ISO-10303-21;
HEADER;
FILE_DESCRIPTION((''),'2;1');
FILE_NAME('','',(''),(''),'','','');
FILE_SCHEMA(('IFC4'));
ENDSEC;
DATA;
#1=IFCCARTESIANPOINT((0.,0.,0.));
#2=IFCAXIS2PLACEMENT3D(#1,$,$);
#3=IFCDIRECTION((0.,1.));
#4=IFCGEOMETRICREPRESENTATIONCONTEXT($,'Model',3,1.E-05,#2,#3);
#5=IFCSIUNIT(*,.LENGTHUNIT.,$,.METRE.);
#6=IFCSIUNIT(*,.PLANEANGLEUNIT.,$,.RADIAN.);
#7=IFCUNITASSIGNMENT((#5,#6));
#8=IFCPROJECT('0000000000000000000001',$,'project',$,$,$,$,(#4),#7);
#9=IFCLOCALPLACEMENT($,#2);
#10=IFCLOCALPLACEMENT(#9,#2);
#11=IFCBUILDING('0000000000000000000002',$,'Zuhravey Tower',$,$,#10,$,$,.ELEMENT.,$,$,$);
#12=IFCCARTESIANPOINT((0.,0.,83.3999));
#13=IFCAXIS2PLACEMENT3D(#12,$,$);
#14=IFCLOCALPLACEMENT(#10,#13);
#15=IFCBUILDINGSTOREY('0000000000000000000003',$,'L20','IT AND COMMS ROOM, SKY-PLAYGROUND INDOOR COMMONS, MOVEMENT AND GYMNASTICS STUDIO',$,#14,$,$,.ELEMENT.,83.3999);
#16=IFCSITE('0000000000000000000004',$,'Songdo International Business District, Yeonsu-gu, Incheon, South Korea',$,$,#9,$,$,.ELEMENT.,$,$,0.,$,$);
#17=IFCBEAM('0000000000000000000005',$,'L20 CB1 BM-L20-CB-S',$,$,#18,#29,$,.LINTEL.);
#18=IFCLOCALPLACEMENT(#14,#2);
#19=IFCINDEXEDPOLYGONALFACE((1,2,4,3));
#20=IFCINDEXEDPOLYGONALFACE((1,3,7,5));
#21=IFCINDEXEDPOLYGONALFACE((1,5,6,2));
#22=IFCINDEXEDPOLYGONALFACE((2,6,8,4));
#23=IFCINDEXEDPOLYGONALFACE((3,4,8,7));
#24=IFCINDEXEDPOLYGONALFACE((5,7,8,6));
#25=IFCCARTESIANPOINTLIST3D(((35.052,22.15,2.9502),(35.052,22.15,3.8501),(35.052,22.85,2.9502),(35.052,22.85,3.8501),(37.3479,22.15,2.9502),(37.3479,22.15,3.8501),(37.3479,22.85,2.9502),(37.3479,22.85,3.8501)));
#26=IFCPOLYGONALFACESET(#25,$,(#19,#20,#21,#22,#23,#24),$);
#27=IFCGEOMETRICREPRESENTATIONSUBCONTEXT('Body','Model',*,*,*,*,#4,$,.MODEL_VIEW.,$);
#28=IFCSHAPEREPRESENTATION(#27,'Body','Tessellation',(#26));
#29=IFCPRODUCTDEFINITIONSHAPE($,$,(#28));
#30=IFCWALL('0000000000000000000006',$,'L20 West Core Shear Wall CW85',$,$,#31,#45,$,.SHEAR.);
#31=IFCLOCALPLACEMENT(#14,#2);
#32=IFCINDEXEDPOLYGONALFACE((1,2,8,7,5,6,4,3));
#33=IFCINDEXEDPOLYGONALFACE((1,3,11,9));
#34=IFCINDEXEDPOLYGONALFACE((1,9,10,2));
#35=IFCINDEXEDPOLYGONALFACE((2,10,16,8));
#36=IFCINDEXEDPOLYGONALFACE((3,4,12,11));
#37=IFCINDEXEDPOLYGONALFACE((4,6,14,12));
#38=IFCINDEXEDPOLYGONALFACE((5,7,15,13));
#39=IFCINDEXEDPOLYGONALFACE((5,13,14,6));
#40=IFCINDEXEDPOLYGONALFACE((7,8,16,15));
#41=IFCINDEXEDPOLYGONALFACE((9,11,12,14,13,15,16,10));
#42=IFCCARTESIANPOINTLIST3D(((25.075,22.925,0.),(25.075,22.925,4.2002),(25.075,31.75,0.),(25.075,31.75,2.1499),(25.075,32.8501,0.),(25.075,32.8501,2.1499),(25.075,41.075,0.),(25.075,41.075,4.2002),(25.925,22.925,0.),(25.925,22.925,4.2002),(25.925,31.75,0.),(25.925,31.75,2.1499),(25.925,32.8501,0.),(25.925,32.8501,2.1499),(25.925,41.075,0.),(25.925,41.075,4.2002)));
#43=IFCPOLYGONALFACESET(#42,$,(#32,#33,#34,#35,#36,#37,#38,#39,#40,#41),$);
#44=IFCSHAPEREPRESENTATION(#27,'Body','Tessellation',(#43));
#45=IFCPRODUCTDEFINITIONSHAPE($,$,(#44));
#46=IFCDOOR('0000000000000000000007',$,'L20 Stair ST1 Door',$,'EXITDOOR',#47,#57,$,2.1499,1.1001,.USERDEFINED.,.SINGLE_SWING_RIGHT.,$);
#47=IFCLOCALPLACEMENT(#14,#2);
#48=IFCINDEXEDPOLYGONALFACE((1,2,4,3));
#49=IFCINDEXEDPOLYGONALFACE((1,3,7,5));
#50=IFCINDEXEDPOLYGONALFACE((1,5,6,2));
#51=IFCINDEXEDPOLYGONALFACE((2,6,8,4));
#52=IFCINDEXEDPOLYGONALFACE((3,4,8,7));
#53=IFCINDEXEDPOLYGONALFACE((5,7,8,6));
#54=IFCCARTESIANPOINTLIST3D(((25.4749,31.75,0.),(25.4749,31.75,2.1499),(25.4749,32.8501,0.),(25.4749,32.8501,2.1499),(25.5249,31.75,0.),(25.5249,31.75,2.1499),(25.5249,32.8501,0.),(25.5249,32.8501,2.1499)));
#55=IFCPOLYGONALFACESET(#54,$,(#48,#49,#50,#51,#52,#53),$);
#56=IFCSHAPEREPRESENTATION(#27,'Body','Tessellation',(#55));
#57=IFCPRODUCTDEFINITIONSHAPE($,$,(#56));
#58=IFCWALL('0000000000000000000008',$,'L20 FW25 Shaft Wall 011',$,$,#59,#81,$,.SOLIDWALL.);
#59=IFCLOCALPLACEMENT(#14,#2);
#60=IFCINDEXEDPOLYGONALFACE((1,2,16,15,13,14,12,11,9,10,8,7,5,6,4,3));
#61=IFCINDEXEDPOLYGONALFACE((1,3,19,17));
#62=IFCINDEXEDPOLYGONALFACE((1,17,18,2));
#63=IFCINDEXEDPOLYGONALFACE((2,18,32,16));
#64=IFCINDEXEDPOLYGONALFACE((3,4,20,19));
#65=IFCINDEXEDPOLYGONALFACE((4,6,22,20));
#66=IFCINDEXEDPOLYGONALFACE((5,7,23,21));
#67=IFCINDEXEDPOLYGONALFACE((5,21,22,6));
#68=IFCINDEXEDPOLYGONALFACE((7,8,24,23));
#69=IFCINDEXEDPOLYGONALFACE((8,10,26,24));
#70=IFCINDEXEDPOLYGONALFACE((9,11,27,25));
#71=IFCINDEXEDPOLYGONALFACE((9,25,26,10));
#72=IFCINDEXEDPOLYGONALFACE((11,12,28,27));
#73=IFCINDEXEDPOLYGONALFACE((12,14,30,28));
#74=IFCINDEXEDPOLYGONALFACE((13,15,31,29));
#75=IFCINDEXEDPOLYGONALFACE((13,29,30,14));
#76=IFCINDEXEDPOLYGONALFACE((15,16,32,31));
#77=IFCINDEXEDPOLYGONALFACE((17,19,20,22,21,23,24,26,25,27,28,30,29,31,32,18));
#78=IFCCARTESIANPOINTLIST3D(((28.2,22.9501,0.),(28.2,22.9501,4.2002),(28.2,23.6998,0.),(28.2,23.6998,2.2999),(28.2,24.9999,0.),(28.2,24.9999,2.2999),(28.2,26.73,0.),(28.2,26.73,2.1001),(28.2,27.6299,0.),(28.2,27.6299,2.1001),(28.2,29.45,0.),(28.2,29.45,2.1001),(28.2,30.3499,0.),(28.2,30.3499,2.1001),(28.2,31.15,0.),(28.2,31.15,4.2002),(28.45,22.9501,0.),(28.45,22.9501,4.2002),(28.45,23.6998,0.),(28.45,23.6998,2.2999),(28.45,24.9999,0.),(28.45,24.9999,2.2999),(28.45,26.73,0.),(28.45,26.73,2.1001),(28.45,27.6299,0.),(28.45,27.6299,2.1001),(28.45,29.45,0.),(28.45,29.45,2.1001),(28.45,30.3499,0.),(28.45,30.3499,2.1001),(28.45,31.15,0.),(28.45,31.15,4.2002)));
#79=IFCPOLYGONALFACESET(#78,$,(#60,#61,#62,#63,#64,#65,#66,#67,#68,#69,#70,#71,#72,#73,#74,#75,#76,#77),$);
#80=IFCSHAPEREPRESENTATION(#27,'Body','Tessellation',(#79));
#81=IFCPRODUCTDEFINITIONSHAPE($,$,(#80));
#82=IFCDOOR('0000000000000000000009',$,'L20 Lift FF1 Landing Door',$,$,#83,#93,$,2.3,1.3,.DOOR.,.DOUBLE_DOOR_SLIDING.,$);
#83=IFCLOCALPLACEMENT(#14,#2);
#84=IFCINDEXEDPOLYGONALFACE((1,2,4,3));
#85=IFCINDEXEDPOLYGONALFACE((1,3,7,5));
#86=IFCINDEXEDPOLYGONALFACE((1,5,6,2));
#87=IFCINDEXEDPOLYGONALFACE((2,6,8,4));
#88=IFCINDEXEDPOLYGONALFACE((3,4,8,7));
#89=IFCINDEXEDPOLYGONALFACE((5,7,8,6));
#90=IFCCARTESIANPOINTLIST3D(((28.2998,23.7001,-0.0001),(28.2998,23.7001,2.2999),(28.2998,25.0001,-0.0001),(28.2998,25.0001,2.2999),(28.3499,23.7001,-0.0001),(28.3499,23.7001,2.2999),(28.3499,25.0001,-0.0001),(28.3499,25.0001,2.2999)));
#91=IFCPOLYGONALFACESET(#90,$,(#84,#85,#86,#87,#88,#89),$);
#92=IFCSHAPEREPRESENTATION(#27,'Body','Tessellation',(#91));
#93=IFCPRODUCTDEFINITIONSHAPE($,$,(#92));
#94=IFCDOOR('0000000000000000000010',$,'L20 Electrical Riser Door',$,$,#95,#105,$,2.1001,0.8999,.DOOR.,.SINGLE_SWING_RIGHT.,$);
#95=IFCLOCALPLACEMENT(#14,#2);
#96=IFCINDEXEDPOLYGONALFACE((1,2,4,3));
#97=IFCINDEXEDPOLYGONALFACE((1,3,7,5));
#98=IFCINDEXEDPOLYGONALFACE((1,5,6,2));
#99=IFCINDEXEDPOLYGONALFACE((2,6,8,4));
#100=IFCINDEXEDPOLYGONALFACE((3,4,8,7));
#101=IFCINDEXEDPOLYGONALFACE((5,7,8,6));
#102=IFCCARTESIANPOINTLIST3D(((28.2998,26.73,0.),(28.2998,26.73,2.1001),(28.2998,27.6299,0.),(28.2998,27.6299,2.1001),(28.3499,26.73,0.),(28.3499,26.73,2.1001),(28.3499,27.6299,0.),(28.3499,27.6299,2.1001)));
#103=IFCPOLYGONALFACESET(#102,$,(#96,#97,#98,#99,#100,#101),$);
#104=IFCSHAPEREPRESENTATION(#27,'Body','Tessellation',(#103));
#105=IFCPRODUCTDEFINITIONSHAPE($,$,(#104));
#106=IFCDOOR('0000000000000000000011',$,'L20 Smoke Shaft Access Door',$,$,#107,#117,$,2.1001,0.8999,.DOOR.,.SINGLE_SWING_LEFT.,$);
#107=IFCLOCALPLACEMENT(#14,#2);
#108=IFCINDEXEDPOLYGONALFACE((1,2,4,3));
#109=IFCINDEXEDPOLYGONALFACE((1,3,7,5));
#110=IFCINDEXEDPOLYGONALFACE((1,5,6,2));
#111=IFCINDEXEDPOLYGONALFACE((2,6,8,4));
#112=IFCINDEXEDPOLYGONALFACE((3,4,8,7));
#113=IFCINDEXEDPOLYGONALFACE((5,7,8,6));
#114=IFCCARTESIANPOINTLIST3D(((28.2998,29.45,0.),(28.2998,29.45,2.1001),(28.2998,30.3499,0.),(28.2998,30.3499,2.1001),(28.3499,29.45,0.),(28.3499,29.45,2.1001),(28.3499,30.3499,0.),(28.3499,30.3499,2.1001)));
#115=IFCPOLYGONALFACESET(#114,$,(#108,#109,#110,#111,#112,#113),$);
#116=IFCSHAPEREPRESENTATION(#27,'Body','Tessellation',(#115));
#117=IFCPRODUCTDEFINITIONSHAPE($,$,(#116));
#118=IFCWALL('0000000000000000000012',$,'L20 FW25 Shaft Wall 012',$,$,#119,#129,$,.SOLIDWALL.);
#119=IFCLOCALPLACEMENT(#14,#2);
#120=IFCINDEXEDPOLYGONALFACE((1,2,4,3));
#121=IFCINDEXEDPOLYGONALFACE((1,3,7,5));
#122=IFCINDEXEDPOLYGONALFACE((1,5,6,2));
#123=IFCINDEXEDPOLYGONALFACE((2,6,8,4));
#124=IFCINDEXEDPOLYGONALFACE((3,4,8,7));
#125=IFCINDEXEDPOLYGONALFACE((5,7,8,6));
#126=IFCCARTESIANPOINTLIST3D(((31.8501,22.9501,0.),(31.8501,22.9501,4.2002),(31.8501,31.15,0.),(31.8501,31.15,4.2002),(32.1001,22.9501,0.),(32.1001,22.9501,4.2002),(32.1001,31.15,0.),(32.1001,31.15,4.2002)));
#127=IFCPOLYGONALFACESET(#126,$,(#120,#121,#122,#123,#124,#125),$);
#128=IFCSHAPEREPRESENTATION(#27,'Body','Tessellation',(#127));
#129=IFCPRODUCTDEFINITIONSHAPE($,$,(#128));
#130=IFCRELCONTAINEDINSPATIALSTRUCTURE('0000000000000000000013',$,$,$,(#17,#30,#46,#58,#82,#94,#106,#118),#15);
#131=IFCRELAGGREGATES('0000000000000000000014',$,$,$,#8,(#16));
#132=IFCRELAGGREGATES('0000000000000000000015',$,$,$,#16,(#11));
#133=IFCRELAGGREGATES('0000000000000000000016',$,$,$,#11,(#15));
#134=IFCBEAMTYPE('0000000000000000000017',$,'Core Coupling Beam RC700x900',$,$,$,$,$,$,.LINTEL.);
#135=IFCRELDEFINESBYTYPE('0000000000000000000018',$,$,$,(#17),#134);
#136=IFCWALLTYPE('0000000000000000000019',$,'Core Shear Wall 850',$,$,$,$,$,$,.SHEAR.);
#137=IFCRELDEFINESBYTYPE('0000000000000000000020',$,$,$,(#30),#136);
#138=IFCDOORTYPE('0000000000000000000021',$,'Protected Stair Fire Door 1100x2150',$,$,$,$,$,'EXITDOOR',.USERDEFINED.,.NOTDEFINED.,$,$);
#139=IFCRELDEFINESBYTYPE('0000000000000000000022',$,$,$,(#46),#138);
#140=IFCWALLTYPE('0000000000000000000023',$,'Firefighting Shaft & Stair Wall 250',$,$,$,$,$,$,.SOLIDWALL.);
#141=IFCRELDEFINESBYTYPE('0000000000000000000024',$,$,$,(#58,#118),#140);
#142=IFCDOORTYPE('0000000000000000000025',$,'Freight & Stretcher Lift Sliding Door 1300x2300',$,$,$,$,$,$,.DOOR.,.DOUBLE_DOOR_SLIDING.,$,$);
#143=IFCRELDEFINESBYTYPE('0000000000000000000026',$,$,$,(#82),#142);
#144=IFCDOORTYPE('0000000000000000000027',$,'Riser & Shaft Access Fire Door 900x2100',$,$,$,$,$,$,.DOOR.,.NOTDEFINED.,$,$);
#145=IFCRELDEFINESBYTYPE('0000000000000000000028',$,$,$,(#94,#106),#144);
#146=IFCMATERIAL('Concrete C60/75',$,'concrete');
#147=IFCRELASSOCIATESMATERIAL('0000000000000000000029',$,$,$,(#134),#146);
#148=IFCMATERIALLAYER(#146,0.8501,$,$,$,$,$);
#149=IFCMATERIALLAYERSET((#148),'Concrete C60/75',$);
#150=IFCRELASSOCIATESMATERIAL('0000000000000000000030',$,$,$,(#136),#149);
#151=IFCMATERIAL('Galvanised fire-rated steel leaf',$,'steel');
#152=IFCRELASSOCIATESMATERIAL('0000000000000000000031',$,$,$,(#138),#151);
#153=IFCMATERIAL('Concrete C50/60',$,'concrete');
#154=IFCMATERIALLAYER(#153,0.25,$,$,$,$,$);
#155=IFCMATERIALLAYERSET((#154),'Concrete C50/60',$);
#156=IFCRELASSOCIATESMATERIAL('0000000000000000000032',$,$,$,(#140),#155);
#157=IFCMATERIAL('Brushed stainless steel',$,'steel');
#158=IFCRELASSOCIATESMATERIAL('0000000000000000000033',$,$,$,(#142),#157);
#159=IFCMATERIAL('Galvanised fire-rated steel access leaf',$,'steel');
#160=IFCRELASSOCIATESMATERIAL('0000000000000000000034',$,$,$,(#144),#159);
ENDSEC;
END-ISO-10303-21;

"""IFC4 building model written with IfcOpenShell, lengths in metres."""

from ifc_helpers import new_model, si_unit, direction, frame, frame_2d, origin, origin_2d, place, context, subcontext, project, spatial, rectangle, extrude, material, layer, layer_set, material_profile, profile_set, type_object, element, fill, save


model = new_model("IFC4")

# Units and contexts
model_context = context("Model", 3, precision=1e-05, world=origin(), true_north=direction((0.0, 1.0)))
body_context = subcontext(model_context, "Body", "Model", "MODEL_VIEW")
ifc_project = project(units=[si_unit("LENGTHUNIT", "METRE"), si_unit("PLANEANGLEUNIT", "RADIAN")], contexts=[model_context])

# Site, building, storey
site_placement = place(None, origin())
site = spatial("IfcSite", under=ifc_project, at=site_placement, Name="Songdo International Business District, Yeonsu-gu, Incheon, South Korea", CompositionType="ELEMENT", RefElevation=0.0)
building_placement = place(site_placement, origin())
building = spatial("IfcBuilding", under=site, at=building_placement, Name="Zuhravey Tower", CompositionType="ELEMENT")
storey_placement = place(building_placement, frame((0.0, 0.0, 83.3999)))
storey = spatial("IfcBuildingStorey", under=building, at=storey_placement, Name="L20", Description="IT AND COMMS ROOM, SKY-PLAYGROUND INDOOR COMMONS, MOVEMENT AND GYMNASTICS STUDIO", CompositionType="ELEMENT", Elevation=83.3999)

# Beam
ifc_material_1 = material(Name="Concrete C60/75", Category="concrete")
ifc_material_profile = material_profile(ifc_material_1, rectangle(XDim=0.7, YDim=0.8999, at=origin_2d()), Name="RC-700x900")
ifc_profile_set = profile_set([ifc_material_profile], Name="Concrete C60/75")
beam_type = type_object("IfcBeamType", Name="Core Coupling Beam RC700x900", PredefinedType="LINTEL", material=ifc_profile_set)
beam_placement = place(storey_placement, frame((35.052, 22.5, 3.4001), z_axis=(1.0, 0.0, 0.0), x_axis=(0.0, 1.0, 0.0)))
element("IfcBeam", 1, at=beam_placement, inside=storey, type_object=beam_type, Name="L20 CB1 BM-L20-CB-S", PredefinedType="LINTEL", context=body_context, shape_type="SweptSolid", body=[
    extrude(rectangle(XDim=0.7, YDim=0.8999, at=origin_2d()), origin(), (0.0, 0.0, 1.0), 2.2959),
])

# Wall, opening, door
ifc_layer_1 = layer(ifc_material_1, 0.8501)
ifc_layer_set_1 = layer_set([ifc_layer_1], Name="Concrete C60/75")
wall_type_1 = type_object("IfcWallType", Name="Core Shear Wall 850", PredefinedType="SHEAR", material=ifc_layer_set_1)
ifc_material_2 = material(Name="Galvanised fire-rated steel leaf", Category="steel")
wall_1_placement = place(storey_placement, frame((25.5, 22.925, 0.0), z_axis=(0.0, 0.0, 1.0), x_axis=(0.0, 1.0, 0.0)))
wall_1 = element("IfcWall", 2, at=wall_1_placement, inside=storey, type_object=wall_type_1, Name="L20 West Core Shear Wall CW85", PredefinedType="SHEAR", context=body_context, shape_type="SweptSolid", body=[
    extrude(rectangle(XDim=18.1499, YDim=0.8501, at=frame_2d((9.075, 0.0))), origin(), (0.0, 0.0, 1.0), 4.2002),
])
opening_1_placement = place(wall_1_placement, frame((8.825, 0.0, 0.0)))
opening_1 = element("IfcOpeningElement", 3, at=opening_1_placement, cuts=wall_1, PredefinedType="OPENING", context=body_context, shape_type="SweptSolid", body=[
    extrude(rectangle(XDim=1.1001, YDim=2.1499, at=frame_2d((0.55, 1.075))), frame((0.0, 0.437, 0.0), z_axis=(0.0, -1.0, 0.0), x_axis=(1.0, 0.0, 0.0)), (0.0, 0.0, 1.0), 0.874),
])
door_type_1 = type_object("IfcDoorType", Name="Protected Stair Fire Door 1100x2150", ElementType="EXITDOOR", OperationType="NOTDEFINED", PredefinedType="USERDEFINED", material=ifc_material_2)
door_1_placement = place(opening_1_placement, frame((1.1001, 0.0, 0.0), z_axis=(0.0, 0.0, 1.0), x_axis=(-1.0, 0.0, 0.0)))
door_1 = element("IfcDoor", 4, at=door_1_placement, inside=storey, type_object=door_type_1, Name="L20 Stair ST1 Door", ObjectType="EXITDOOR", OperationType="SINGLE_SWING_RIGHT", OverallHeight=2.1499, OverallWidth=1.1001, PredefinedType="USERDEFINED", context=body_context, shape_type="SweptSolid", body=[
    extrude(rectangle(XDim=1.1001, YDim=2.1499, at=frame_2d((0.55, 1.075))), frame((0.0, 0.0249, 0.0), z_axis=(0.0, -1.0, 0.0), x_axis=(1.0, 0.0, 0.0)), (0.0, 0.0, 1.0), 0.05),
])
fill(opening_1, door_1)
ifc_material_3 = material(Name="Concrete C50/60", Category="concrete")
ifc_layer_2 = layer(ifc_material_3, 0.25)
ifc_layer_set_2 = layer_set([ifc_layer_2], Name="Concrete C50/60")
wall_type_2 = type_object("IfcWallType", Name="Firefighting Shaft & Stair Wall 250", PredefinedType="SOLIDWALL", material=ifc_layer_set_2)

# Wall, openings, doors
wall_2_placement = place(storey_placement, frame((28.325, 22.95, 0.0), z_axis=(0.0, 0.0, 1.0), x_axis=(0.0, 1.0, 0.0)))
wall_2 = element("IfcWall", 5, at=wall_2_placement, inside=storey, type_object=wall_type_2, Name="L20 FW25 Shaft Wall 011", PredefinedType="SOLIDWALL", context=body_context, shape_type="SweptSolid", body=[
    extrude(rectangle(XDim=8.2, YDim=0.25, at=frame_2d((4.1001, 0.0))), origin(), (0.0, 0.0, 1.0), 4.2002),
])
opening_2_placement = place(wall_2_placement, frame((0.75, 0.0, 0.0)))
opening_2 = element("IfcOpeningElement", 6, at=opening_2_placement, cuts=wall_2, PredefinedType="OPENING", context=body_context, shape_type="SweptSolid", body=[
    extrude(rectangle(XDim=1.3, YDim=2.3, at=frame_2d((0.6499, 1.1499))), frame((0.0, 0.137, 0.0), z_axis=(0.0, -1.0, 0.0), x_axis=(1.0, 0.0, 0.0)), (0.0, 0.0, 1.0), 0.2739),
])
opening_3_placement = place(wall_2_placement, frame((3.78, 0.0, 0.0)))
opening_3 = element("IfcOpeningElement", 7, at=opening_3_placement, cuts=wall_2, PredefinedType="OPENING", context=body_context, shape_type="SweptSolid", body=[
    extrude(rectangle(XDim=0.8999, YDim=2.1001, at=frame_2d((0.45, 1.05))), frame((0.0, 0.137, 0.0), z_axis=(0.0, -1.0, 0.0), x_axis=(1.0, 0.0, 0.0)), (0.0, 0.0, 1.0), 0.2739),
])
opening_4_placement = place(wall_2_placement, frame((6.5, 0.0, 0.0)))
opening_4 = element("IfcOpeningElement", 8, at=opening_4_placement, cuts=wall_2, PredefinedType="OPENING", context=body_context, shape_type="SweptSolid", body=[
    extrude(rectangle(XDim=0.8999, YDim=2.1001, at=frame_2d((0.45, 1.05))), frame((0.0, 0.137, 0.0), z_axis=(0.0, -1.0, 0.0), x_axis=(1.0, 0.0, 0.0)), (0.0, 0.0, 1.0), 0.2739),
])
ifc_material_4 = material(Name="Brushed stainless steel", Category="steel")
door_type_2 = type_object("IfcDoorType", Name="Freight & Stretcher Lift Sliding Door 1300x2300", OperationType="DOUBLE_DOOR_SLIDING", PredefinedType="DOOR", material=ifc_material_4)
door_2_placement = place(opening_2_placement, frame((1.3, 0.0, 0.0), z_axis=(0.0, 0.0, 1.0), x_axis=(-1.0, 0.0, 0.0)))
door_2 = element("IfcDoor", 9, at=door_2_placement, inside=storey, type_object=door_type_2, Name="L20 Lift FF1 Landing Door", OperationType="DOUBLE_DOOR_SLIDING", OverallHeight=2.3, OverallWidth=1.3, PredefinedType="DOOR", context=body_context, shape_type="SweptSolid", body=[
    extrude(rectangle(XDim=1.3, YDim=2.3, at=frame_2d((0.6499, 1.1499))), frame((0.0, 0.0249, 0.0), z_axis=(0.0, -1.0, 0.0), x_axis=(1.0, 0.0, 0.0)), (0.0, 0.0, 1.0), 0.05),
])
fill(opening_2, door_2)
ifc_material_5 = material(Name="Galvanised fire-rated steel access leaf", Category="steel")
door_type_3 = type_object("IfcDoorType", Name="Riser & Shaft Access Fire Door 900x2100", OperationType="NOTDEFINED", PredefinedType="DOOR", material=ifc_material_5)
door_3_placement = place(opening_3_placement, frame((0.8999, 0.0, 0.0), z_axis=(0.0, 0.0, 1.0), x_axis=(-1.0, 0.0, 0.0)))
door_3 = element("IfcDoor", 10, at=door_3_placement, inside=storey, type_object=door_type_3, Name="L20 Electrical Riser Door", OperationType="SINGLE_SWING_RIGHT", OverallHeight=2.1001, OverallWidth=0.8999, PredefinedType="DOOR", context=body_context, shape_type="SweptSolid", body=[
    extrude(rectangle(XDim=0.8999, YDim=2.1001, at=frame_2d((0.45, 1.05))), frame((0.0, 0.0249, 0.0), z_axis=(0.0, -1.0, 0.0), x_axis=(1.0, 0.0, 0.0)), (0.0, 0.0, 1.0), 0.05),
])
fill(opening_3, door_3)
door_4_placement = place(opening_4_placement, frame((0.8999, 0.0, 0.0), z_axis=(0.0, 0.0, 1.0), x_axis=(-1.0, 0.0, 0.0)))
door_4 = element("IfcDoor", 11, at=door_4_placement, inside=storey, type_object=door_type_3, Name="L20 Smoke Shaft Access Door", OperationType="SINGLE_SWING_LEFT", OverallHeight=2.1001, OverallWidth=0.8999, PredefinedType="DOOR", context=body_context, shape_type="SweptSolid", body=[
    extrude(rectangle(XDim=0.8999, YDim=2.1001, at=frame_2d((0.45, 1.05))), frame((0.0, 0.0249, 0.0), z_axis=(0.0, -1.0, 0.0), x_axis=(1.0, 0.0, 0.0)), (0.0, 0.0, 1.0), 0.05),
])
fill(opening_4, door_4)

# Wall
wall_3_placement = place(storey_placement, frame((31.9751, 22.95, 0.0), z_axis=(0.0, 0.0, 1.0), x_axis=(0.0, 1.0, 0.0)))
element("IfcWall", 12, at=wall_3_placement, inside=storey, type_object=wall_type_2, Name="L20 FW25 Shaft Wall 012", PredefinedType="SOLIDWALL", context=body_context, shape_type="SweptSolid", body=[
    extrude(rectangle(XDim=8.2, YDim=0.25, at=frame_2d((4.1001, 0.0))), origin(), (0.0, 0.0, 1.0), 4.2002),
])

save(model, "model.ifc")
